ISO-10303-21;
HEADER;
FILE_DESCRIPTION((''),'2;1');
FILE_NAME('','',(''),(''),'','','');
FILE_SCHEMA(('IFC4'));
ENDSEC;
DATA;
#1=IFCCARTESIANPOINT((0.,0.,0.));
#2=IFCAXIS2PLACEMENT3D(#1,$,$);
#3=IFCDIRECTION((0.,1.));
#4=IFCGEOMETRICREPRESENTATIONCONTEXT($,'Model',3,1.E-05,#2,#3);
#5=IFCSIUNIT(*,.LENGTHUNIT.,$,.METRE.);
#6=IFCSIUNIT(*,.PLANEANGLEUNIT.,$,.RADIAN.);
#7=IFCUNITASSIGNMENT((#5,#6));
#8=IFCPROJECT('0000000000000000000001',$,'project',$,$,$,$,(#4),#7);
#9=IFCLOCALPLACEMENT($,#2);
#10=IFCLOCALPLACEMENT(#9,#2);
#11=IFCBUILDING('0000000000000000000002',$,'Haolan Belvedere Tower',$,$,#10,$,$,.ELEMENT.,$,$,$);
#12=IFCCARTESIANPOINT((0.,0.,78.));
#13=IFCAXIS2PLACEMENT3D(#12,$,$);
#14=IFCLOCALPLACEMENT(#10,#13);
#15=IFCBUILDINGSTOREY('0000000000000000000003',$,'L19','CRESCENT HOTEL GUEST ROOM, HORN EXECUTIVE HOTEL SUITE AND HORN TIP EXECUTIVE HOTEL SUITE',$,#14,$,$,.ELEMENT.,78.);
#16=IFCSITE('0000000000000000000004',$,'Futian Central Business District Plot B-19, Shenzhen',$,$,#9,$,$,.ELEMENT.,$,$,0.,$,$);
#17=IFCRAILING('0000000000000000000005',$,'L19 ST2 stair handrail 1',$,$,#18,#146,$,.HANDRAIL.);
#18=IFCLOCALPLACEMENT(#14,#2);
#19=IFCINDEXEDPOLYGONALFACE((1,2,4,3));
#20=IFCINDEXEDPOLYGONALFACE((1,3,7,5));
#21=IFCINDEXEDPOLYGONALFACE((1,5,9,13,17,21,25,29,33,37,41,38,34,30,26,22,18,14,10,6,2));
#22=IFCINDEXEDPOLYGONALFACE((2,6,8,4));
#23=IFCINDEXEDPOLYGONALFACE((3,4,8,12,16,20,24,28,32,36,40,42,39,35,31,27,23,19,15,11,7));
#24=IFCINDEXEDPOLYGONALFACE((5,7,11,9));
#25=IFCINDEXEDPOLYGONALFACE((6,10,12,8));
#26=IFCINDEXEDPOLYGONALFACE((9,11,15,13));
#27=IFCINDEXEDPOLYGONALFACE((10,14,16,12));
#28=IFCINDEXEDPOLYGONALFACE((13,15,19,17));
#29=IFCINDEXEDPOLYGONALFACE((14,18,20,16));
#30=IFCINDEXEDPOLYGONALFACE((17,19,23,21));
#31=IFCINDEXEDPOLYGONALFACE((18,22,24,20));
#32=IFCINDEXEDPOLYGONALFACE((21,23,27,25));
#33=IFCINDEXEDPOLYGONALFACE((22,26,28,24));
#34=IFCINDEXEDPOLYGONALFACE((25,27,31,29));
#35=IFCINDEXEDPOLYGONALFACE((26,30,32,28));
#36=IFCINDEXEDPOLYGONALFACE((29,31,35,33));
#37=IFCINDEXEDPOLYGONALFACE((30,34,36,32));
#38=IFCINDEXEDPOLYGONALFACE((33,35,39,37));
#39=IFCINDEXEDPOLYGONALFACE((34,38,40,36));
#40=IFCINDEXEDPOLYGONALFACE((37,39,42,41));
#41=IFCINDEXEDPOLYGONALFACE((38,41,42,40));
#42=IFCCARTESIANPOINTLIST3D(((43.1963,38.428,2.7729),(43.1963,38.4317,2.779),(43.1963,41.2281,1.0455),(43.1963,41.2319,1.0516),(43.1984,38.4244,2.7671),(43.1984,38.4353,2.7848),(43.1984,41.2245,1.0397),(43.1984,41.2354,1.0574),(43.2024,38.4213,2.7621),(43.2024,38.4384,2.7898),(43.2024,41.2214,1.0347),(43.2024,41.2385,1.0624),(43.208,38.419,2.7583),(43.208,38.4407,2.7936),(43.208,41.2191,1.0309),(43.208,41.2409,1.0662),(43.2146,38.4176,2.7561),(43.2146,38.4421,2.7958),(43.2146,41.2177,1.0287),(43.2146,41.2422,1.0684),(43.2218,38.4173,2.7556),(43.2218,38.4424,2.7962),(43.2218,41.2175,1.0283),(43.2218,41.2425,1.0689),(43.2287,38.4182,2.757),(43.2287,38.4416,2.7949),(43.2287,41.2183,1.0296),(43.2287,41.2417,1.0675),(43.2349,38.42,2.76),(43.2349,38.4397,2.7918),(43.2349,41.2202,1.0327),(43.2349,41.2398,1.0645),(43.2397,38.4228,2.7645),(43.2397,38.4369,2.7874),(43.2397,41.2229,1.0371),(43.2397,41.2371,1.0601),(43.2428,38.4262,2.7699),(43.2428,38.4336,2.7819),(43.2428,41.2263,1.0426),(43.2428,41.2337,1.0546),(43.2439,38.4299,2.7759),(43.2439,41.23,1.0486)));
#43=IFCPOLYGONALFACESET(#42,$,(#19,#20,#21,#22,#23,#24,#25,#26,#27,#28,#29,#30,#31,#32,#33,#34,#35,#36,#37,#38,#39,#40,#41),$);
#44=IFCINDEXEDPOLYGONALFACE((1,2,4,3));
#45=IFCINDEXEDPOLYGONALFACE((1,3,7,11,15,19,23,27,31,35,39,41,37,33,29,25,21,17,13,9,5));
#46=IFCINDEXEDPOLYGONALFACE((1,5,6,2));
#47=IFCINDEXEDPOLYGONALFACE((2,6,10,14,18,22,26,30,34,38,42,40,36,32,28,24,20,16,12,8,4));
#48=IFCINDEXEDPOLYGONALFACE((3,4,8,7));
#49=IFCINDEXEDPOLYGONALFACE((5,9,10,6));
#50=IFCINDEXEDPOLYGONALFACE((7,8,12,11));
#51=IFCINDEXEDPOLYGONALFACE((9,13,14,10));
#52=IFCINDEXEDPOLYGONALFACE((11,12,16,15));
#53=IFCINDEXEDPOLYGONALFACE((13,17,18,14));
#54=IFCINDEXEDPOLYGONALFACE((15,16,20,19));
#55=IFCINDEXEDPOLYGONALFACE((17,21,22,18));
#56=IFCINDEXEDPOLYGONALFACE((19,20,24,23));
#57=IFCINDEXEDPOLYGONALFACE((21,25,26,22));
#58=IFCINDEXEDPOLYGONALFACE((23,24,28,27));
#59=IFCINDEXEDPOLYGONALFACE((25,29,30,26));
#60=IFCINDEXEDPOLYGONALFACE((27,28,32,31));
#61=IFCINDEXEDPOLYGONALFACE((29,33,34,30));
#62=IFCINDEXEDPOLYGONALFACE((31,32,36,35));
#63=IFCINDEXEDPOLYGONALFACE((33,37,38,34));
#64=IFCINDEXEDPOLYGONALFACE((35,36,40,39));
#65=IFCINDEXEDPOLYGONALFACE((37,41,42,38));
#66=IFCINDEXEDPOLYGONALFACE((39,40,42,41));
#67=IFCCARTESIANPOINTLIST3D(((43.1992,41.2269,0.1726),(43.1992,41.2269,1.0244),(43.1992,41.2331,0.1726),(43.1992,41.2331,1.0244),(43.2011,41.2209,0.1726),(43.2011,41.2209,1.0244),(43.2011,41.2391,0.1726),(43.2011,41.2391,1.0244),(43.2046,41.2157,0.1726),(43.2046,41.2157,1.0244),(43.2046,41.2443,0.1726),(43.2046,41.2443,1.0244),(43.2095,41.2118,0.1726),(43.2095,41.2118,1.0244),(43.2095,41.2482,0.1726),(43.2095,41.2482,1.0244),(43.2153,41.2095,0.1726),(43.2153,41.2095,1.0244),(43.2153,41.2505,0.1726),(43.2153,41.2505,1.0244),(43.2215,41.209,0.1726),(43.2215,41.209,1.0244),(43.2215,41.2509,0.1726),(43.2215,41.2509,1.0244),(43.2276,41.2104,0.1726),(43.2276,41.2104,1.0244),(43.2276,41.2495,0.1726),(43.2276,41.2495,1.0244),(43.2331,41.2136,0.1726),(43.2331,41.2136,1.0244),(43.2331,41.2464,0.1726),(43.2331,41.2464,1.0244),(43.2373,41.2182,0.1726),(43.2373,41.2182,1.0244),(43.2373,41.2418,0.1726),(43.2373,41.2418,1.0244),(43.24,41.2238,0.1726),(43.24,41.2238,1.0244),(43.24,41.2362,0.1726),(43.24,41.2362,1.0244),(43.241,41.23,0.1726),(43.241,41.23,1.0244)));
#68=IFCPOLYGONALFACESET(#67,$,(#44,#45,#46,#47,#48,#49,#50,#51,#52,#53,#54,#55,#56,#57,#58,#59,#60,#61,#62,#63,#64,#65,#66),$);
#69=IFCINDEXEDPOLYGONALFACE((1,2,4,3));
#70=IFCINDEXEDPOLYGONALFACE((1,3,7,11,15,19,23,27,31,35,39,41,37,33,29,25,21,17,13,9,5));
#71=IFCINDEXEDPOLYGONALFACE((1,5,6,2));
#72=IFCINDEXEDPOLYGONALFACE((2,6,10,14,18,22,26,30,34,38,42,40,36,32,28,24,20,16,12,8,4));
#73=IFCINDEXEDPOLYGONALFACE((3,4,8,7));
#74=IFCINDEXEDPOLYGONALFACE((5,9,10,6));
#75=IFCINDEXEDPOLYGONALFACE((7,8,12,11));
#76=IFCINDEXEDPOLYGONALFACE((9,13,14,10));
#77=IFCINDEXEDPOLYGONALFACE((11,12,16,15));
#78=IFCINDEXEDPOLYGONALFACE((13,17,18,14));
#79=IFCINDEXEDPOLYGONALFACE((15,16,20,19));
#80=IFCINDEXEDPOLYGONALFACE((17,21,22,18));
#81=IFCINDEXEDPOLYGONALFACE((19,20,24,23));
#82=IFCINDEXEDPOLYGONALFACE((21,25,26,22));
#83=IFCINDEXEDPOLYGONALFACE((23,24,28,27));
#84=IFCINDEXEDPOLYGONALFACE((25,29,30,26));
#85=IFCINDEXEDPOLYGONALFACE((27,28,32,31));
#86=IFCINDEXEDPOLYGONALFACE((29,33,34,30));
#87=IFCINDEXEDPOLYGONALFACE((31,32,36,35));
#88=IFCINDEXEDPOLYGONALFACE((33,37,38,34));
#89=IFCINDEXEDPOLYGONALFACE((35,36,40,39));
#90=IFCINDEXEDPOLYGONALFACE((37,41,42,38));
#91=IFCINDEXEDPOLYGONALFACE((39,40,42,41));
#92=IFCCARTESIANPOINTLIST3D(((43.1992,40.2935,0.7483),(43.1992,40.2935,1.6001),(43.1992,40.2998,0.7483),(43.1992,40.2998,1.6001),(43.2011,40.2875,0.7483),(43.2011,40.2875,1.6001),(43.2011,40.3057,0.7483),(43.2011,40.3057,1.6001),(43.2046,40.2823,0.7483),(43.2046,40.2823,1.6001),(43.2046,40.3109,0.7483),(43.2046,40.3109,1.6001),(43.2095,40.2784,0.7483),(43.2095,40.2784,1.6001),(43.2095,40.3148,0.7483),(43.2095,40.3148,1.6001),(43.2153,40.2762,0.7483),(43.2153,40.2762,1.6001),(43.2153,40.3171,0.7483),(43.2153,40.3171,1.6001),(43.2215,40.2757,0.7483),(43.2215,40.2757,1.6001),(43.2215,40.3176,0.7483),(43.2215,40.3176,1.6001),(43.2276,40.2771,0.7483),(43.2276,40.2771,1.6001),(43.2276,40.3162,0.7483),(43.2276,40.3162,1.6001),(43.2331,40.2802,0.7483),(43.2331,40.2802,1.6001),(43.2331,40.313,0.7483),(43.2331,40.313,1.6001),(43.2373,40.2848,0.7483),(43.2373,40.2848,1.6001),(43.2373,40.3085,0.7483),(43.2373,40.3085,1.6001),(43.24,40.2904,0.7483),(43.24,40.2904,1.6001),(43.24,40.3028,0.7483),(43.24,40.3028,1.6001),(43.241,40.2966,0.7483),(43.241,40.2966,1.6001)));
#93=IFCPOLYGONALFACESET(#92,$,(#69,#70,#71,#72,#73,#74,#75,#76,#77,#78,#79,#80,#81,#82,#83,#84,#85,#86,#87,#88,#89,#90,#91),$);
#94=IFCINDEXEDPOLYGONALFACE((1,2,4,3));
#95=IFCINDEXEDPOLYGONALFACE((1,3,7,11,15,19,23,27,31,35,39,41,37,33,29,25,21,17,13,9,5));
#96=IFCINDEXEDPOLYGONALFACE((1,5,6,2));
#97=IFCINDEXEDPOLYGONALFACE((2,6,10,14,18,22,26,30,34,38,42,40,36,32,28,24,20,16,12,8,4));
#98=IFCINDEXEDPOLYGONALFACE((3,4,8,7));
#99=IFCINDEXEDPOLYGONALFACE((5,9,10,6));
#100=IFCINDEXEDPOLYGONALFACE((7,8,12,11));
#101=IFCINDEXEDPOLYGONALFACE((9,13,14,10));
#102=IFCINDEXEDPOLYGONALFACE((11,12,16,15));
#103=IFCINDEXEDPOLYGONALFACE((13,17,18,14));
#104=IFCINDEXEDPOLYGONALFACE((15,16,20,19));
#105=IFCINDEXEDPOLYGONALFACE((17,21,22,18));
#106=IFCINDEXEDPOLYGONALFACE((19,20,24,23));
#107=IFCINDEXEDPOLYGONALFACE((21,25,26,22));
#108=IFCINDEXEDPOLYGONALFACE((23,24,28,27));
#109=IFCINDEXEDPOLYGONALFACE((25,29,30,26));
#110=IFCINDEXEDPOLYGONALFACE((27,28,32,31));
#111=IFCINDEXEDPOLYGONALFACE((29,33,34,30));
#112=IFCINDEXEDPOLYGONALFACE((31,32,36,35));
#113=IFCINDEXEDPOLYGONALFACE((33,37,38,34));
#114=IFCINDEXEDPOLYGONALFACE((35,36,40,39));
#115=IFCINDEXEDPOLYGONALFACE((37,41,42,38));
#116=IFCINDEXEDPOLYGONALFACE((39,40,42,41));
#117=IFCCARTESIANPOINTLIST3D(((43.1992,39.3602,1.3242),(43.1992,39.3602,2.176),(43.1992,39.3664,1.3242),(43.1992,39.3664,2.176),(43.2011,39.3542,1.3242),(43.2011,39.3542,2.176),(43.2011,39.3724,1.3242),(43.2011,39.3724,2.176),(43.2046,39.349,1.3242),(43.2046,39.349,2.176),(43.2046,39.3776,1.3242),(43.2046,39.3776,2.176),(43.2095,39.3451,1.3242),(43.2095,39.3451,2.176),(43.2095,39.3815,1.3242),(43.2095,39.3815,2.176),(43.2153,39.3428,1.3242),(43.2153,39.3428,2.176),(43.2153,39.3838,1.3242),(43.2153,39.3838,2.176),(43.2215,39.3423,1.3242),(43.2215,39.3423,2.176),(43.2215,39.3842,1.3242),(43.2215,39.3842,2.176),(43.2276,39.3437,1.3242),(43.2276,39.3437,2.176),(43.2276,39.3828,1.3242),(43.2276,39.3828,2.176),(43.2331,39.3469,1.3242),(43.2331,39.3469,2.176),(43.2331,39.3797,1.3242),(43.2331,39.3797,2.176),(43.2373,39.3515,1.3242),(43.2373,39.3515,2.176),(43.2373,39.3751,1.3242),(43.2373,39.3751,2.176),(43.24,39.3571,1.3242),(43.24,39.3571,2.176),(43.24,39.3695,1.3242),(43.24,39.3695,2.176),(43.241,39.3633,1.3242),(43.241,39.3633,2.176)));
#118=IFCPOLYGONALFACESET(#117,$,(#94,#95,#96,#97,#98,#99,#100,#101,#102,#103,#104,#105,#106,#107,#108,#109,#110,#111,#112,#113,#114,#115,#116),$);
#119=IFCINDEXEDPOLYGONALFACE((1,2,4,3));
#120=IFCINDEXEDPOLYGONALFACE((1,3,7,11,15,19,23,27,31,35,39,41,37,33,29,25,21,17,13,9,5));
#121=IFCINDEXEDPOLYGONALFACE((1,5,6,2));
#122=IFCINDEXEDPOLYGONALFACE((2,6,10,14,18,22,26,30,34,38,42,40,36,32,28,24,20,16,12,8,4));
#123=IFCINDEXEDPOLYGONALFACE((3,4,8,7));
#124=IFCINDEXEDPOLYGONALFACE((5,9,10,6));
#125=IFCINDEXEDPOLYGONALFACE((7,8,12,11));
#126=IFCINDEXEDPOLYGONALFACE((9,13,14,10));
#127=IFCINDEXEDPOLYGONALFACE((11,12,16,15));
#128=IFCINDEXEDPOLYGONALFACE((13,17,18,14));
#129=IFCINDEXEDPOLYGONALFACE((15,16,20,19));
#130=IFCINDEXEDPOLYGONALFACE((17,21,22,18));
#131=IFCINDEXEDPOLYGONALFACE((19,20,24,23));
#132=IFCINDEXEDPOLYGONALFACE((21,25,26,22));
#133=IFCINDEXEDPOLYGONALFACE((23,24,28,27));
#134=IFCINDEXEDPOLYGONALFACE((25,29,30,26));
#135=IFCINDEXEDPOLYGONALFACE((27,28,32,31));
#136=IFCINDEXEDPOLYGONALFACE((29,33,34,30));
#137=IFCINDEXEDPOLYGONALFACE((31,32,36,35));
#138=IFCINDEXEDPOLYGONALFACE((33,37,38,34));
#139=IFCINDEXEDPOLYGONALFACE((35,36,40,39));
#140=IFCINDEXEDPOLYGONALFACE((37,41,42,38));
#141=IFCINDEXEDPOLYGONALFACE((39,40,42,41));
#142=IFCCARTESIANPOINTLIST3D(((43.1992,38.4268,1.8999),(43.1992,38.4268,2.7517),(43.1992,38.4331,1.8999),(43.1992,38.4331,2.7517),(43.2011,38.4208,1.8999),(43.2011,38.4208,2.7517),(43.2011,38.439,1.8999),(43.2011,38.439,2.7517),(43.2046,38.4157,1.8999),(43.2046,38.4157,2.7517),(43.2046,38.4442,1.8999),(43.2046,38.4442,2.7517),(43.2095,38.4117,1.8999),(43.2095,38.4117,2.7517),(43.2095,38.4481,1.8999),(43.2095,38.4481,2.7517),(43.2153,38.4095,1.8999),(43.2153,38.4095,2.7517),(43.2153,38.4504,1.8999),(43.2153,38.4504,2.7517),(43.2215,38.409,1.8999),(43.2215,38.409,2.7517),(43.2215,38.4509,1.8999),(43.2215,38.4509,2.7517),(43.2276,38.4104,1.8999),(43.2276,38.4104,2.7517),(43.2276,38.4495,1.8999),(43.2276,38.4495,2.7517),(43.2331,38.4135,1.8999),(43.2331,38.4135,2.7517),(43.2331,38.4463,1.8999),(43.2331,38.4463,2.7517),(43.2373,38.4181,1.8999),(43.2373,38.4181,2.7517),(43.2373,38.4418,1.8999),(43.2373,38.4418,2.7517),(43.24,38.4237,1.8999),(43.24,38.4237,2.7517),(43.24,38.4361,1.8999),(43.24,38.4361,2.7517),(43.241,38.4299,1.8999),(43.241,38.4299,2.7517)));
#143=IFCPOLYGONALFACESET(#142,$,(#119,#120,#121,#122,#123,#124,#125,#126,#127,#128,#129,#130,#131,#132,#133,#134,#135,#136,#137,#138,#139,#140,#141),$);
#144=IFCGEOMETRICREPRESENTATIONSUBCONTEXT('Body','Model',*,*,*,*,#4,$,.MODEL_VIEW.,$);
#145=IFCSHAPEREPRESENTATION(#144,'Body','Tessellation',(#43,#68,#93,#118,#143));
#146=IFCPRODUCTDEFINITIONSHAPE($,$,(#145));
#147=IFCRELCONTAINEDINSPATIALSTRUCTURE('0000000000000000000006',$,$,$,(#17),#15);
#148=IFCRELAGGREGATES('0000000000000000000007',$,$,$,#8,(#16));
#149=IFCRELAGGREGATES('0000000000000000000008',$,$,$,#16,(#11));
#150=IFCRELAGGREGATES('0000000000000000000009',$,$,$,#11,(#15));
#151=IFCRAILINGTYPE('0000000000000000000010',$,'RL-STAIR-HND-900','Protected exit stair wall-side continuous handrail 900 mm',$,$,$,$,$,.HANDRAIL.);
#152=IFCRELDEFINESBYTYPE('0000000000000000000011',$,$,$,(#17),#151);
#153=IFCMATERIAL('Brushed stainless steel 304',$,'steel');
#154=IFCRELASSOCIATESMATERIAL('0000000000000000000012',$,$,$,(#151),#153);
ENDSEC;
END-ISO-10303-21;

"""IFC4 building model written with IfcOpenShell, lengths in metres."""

from ifc_helpers import new_model, si_unit, direction, frame, origin, origin_2d, place, context, subcontext, project, spatial, circle, extrude, material, type_object, element, save


model = new_model("IFC4")

# Units and contexts
model_context = context("Model", 3, precision=1e-05, world=origin(), true_north=direction((0.0, 1.0)))
body_context = subcontext(model_context, "Body", "Model", "MODEL_VIEW")
ifc_project = project(units=[si_unit("LENGTHUNIT", "METRE"), si_unit("PLANEANGLEUNIT", "RADIAN")], contexts=[model_context])

# Site, building, storey
site_placement = place(None, origin())
site = spatial("IfcSite", under=ifc_project, at=site_placement, Name="Futian Central Business District Plot B-19, Shenzhen", CompositionType="ELEMENT", RefElevation=0.0)
building_placement = place(site_placement, origin())
building = spatial("IfcBuilding", under=site, at=building_placement, Name="Haolan Belvedere Tower", CompositionType="ELEMENT")
storey_placement = place(building_placement, frame((0.0, 0.0, 78.0)))
storey = spatial("IfcBuildingStorey", under=building, at=storey_placement, Name="L19", Description="CRESCENT HOTEL GUEST ROOM, HORN EXECUTIVE HOTEL SUITE AND HORN TIP EXECUTIVE HOTEL SUITE", CompositionType="ELEMENT", Elevation=78.0)

# Railing
ifc_material_1 = material(Name="Brushed stainless steel 304", Category="steel")
railing_type_1 = type_object("IfcRailingType", Name="RL-STAIR-HND-900", Description="Protected exit stair wall-side continuous handrail 900 mm", PredefinedType="HANDRAIL", material=ifc_material_1)
railing_1_placement = place(storey_placement, frame((43.22, 41.23, 0.1726)))
element("IfcRailing", 1, at=railing_1_placement, inside=storey, type_object=railing_type_1, Name="L19 ST2 stair handrail 1", PredefinedType="HANDRAIL", context=body_context, shape_type="SweptSolid", body=[
    extrude(circle(Radius=0.0239, at=origin_2d()), frame((0.0, 0.0, 0.876), z_axis=(0.0, -0.85109, 0.52502), x_axis=(1.0, 0.0, 0.0)), (0.0, 0.0, 1.0), 3.29),
    extrude(circle(Radius=0.021, at=origin_2d()), origin(), (0.0, 0.0, 1.0), 0.8518),
    extrude(circle(Radius=0.021, at=origin_2d()), frame((0.0, -0.9333, 0.5757)), (0.0, 0.0, 1.0), 0.8518),
    extrude(circle(Radius=0.021, at=origin_2d()), frame((0.0, -1.8667, 1.1516)), (0.0, 0.0, 1.0), 0.8518),
    extrude(circle(Radius=0.021, at=origin_2d()), frame((0.0, -2.8, 1.7273)), (0.0, 0.0, 1.0), 0.8518),
])

save(model, "model.ifc")
